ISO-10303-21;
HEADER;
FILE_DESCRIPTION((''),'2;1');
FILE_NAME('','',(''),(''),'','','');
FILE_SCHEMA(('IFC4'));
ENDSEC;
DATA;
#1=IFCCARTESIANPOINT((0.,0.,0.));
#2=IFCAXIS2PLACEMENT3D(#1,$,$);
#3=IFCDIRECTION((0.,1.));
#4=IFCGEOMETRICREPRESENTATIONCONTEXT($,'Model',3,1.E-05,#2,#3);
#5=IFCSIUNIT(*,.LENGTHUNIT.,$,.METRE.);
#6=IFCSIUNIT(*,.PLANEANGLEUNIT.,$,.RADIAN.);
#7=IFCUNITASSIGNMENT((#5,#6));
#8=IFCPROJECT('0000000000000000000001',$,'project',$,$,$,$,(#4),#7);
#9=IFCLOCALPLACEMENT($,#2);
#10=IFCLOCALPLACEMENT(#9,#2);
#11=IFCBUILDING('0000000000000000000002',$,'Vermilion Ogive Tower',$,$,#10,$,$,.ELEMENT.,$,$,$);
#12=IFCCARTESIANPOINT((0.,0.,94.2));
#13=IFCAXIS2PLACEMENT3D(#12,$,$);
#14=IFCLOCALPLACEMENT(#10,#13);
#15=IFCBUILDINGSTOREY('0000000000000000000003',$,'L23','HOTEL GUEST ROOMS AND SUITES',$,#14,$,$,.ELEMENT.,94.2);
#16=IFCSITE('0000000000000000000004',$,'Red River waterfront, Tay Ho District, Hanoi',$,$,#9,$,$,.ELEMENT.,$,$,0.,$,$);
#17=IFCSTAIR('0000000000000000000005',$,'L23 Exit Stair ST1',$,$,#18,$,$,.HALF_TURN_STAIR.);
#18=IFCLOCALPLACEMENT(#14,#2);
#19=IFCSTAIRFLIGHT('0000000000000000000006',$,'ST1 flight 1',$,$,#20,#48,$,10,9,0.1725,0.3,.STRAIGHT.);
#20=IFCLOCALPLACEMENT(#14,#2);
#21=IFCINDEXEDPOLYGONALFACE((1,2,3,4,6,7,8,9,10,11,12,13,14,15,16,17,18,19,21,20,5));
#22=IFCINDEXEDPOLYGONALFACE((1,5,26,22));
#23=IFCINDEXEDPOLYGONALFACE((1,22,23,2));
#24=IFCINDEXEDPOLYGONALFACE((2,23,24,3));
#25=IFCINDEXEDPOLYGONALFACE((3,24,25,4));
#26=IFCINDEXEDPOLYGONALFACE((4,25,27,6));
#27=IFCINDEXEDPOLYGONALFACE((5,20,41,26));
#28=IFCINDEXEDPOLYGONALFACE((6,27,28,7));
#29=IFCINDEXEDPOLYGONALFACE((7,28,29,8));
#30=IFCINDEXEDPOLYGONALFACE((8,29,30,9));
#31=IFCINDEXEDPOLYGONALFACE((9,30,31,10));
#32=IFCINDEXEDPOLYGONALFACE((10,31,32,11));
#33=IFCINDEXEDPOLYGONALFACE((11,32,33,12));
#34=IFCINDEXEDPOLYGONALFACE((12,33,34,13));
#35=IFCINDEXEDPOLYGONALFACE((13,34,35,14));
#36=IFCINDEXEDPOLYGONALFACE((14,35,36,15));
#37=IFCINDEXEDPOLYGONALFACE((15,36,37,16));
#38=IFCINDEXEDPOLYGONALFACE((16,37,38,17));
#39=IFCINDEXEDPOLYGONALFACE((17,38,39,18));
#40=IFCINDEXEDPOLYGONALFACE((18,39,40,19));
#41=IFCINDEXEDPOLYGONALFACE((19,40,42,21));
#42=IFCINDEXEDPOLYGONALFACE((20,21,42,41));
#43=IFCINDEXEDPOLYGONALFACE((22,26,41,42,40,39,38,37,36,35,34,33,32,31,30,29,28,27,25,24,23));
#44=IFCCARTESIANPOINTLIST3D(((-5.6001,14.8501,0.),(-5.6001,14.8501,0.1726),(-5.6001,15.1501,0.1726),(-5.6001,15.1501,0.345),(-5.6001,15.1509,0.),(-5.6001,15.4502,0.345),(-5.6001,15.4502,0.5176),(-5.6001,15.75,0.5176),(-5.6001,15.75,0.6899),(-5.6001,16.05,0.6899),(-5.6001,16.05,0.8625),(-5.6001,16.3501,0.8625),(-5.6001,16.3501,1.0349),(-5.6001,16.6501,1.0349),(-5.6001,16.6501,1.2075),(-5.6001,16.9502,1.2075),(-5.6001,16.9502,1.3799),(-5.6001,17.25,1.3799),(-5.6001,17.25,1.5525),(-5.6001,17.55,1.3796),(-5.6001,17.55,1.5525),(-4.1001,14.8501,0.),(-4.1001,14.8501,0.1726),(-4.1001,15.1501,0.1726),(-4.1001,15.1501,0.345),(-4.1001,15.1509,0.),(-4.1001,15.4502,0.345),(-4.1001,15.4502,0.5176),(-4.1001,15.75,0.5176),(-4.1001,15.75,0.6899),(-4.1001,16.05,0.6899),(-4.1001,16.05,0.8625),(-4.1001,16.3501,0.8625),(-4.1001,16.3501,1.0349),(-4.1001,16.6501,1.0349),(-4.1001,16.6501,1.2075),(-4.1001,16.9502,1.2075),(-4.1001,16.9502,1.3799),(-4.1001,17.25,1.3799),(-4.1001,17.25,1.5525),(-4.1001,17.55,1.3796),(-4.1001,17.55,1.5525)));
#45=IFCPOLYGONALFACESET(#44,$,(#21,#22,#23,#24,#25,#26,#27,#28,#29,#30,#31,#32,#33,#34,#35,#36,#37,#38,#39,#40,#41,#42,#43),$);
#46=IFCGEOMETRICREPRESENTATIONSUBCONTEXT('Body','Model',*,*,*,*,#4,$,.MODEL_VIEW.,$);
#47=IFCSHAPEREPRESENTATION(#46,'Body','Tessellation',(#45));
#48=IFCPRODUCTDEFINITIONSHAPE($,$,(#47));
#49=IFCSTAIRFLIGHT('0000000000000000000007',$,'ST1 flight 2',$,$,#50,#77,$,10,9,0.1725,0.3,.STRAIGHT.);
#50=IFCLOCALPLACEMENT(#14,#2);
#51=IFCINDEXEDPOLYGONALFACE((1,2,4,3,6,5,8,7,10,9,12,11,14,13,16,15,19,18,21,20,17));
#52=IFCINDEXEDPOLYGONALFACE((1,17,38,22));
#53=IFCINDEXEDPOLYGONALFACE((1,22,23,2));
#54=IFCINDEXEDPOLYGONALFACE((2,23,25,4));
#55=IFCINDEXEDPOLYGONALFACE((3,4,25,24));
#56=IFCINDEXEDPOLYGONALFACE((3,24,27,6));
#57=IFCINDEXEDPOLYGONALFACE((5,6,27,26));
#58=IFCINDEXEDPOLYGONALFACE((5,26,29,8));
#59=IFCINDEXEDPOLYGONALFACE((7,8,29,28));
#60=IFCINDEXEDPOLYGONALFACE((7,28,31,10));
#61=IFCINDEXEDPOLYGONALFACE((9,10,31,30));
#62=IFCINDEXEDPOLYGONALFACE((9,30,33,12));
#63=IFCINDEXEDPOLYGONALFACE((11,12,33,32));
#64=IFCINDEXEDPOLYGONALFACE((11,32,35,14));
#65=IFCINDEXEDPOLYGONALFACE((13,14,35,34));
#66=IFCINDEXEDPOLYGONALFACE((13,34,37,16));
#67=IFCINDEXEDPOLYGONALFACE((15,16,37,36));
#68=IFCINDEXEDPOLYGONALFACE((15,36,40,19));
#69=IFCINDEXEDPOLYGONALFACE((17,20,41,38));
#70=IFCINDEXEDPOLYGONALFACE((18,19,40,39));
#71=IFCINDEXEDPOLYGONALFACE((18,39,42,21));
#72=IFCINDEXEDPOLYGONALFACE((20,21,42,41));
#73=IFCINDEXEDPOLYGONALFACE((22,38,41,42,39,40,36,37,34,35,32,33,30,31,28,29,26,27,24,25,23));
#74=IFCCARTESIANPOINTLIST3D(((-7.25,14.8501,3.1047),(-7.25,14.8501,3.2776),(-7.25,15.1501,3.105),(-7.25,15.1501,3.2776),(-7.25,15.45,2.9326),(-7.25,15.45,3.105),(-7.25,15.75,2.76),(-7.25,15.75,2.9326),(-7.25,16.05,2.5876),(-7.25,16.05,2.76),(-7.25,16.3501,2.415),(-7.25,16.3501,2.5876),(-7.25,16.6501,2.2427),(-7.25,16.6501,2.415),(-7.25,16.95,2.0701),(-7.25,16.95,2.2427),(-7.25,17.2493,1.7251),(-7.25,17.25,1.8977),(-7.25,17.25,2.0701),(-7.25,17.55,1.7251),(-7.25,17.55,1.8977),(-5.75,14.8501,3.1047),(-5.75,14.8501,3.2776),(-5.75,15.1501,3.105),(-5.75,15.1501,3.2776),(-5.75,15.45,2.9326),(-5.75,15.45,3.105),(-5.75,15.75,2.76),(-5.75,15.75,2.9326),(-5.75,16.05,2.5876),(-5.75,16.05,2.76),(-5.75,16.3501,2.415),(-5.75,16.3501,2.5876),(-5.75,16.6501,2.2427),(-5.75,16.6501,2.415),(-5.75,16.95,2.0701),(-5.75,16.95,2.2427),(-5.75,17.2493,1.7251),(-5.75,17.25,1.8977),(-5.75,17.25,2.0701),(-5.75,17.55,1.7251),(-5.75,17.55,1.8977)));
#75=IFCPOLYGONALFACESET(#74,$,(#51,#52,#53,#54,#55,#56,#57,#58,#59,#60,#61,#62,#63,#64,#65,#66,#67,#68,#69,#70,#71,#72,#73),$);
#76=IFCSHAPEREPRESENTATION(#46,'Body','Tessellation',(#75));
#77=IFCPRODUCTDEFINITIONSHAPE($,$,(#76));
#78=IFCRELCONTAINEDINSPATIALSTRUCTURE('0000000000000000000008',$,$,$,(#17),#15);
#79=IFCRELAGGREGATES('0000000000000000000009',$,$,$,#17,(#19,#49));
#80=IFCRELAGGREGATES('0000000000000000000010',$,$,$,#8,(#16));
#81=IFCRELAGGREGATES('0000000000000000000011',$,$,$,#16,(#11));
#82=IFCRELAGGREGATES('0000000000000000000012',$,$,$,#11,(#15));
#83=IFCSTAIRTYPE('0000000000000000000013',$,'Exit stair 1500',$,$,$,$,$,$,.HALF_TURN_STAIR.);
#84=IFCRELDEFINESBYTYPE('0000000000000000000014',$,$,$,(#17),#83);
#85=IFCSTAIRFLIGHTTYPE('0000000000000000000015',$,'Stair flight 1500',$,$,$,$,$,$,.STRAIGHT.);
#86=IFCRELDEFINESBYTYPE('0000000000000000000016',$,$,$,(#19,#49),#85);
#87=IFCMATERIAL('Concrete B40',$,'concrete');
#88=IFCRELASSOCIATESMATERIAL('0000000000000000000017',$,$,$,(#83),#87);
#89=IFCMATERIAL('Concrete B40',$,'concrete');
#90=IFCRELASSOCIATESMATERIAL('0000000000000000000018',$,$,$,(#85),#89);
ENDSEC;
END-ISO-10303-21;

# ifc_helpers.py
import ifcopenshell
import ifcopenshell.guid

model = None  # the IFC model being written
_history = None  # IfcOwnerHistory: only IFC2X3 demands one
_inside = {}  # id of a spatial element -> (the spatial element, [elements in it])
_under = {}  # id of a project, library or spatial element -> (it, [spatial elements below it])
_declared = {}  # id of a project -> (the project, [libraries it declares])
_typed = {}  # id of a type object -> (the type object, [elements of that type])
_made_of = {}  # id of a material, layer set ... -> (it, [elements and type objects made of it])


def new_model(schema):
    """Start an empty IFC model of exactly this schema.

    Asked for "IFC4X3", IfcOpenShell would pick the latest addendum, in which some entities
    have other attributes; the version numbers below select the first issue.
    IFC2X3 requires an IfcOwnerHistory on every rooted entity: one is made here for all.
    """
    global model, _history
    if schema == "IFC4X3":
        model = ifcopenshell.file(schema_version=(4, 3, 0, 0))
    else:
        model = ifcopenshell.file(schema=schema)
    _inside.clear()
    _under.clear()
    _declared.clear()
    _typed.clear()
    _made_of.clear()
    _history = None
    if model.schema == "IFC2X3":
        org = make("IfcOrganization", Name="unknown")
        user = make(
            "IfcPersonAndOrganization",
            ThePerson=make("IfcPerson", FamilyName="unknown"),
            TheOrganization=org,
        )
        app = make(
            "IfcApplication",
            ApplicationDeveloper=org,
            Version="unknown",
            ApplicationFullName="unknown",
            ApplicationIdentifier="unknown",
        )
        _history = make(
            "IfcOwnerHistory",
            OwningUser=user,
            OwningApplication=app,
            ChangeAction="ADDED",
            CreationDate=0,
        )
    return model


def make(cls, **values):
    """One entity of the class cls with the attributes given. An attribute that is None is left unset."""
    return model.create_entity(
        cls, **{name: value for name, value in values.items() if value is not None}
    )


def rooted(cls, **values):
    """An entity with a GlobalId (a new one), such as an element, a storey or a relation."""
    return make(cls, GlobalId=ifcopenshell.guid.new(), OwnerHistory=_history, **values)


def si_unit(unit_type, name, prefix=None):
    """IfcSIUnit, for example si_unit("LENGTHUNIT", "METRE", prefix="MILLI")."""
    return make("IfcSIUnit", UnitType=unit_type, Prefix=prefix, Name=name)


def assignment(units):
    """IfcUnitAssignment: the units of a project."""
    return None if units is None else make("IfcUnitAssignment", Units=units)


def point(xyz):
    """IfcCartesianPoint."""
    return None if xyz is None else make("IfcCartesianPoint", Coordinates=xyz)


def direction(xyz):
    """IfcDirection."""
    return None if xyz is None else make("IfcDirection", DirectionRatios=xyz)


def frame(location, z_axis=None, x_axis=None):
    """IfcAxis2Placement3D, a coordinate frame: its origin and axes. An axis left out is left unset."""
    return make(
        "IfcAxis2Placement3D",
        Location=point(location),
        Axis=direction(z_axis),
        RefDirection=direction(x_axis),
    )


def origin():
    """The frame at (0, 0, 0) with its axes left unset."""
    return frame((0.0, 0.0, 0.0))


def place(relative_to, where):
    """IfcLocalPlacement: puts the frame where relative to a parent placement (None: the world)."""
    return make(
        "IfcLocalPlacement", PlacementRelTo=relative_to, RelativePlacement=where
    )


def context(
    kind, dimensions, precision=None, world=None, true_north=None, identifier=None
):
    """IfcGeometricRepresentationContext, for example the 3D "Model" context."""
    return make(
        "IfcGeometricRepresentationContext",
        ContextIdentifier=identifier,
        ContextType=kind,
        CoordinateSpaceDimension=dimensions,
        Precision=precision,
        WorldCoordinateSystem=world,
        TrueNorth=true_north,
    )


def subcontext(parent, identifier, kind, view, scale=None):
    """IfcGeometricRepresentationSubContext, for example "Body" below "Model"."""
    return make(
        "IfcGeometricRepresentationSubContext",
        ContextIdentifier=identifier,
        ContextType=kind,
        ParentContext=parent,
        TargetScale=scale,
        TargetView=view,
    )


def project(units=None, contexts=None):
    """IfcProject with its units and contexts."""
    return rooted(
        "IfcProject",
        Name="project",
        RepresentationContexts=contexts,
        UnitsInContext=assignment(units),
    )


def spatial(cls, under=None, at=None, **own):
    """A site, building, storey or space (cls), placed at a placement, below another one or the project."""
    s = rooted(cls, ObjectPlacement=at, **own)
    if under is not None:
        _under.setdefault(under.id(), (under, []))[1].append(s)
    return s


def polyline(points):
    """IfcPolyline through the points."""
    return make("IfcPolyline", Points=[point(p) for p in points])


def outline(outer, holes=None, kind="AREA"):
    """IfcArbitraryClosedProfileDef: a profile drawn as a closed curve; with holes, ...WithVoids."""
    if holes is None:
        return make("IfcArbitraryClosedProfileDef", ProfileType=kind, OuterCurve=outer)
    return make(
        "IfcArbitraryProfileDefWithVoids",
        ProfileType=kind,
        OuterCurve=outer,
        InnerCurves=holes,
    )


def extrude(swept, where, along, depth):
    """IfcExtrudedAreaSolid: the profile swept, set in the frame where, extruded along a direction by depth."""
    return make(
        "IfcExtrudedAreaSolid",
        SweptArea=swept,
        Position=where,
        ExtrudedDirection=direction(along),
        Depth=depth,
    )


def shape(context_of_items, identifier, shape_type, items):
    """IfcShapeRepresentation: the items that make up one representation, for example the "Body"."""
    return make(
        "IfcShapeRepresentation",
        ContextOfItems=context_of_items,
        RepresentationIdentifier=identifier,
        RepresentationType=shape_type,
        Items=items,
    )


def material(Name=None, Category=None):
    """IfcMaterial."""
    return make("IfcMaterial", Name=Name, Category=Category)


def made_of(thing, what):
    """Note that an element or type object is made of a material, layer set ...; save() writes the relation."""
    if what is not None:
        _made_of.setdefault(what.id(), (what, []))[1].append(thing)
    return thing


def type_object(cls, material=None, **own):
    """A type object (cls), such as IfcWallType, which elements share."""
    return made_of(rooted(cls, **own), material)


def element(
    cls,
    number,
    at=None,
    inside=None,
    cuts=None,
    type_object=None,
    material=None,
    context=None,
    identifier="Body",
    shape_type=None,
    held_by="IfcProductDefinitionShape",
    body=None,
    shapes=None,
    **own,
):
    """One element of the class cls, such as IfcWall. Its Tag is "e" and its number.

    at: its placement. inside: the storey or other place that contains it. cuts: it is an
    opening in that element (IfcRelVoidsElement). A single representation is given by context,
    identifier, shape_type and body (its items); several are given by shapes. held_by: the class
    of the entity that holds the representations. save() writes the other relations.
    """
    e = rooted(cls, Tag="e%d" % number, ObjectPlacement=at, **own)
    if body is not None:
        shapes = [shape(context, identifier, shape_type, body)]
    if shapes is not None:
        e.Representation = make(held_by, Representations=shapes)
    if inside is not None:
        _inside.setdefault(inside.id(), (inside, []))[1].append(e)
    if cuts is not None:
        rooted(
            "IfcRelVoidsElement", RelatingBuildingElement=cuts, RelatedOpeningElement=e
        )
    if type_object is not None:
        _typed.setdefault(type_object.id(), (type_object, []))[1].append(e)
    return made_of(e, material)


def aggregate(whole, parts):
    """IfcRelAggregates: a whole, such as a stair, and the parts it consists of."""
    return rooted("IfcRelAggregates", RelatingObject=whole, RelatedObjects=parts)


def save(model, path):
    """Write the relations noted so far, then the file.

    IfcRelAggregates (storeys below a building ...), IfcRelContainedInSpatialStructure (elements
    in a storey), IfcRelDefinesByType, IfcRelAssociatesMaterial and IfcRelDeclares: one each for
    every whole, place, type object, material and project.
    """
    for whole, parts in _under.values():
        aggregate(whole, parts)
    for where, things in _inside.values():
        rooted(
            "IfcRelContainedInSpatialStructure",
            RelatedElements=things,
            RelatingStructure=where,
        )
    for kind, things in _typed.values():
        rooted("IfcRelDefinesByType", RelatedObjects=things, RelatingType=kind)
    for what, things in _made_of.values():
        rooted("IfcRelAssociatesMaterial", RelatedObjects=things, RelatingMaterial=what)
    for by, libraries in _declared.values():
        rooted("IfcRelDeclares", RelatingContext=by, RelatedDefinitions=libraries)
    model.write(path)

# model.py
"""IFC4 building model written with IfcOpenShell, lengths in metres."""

from ifc_helpers import new_model, si_unit, direction, frame, origin, place, context, subcontext, project, spatial, polyline, outline, extrude, material, type_object, element, aggregate, save


model = new_model("IFC4")

# Units and contexts
model_context = context("Model", 3, precision=1e-05, world=origin(), true_north=direction((0.0, 1.0)))
body_context = subcontext(model_context, "Body", "Model", "MODEL_VIEW")
ifc_project = project(units=[si_unit("LENGTHUNIT", "METRE"), si_unit("PLANEANGLEUNIT", "RADIAN")], contexts=[model_context])

# Site, building, storey
site_placement = place(None, origin())
site = spatial("IfcSite", under=ifc_project, at=site_placement, Name="Red River waterfront, Tay Ho District, Hanoi", CompositionType="ELEMENT", RefElevation=0.0)
building_placement = place(site_placement, origin())
building = spatial("IfcBuilding", under=site, at=building_placement, Name="Vermilion Ogive Tower", CompositionType="ELEMENT")
storey_placement = place(building_placement, frame((0.0, 0.0, 94.2)))
storey = spatial("IfcBuildingStorey", under=building, at=storey_placement, Name="L23", Description="HOTEL GUEST ROOMS AND SUITES", CompositionType="ELEMENT", Elevation=94.2)

# Stair, stair flights
ifc_material_1 = material(Name="Concrete B40", Category="concrete")
stair_type = type_object("IfcStairType", Name="Exit stair 1500", PredefinedType="HALF_TURN_STAIR", material=ifc_material_1)
stair_placement = place(storey_placement, origin())
stair = element("IfcStair", 1, at=stair_placement, inside=storey, type_object=stair_type, Name="L23 Exit Stair ST1", PredefinedType="HALF_TURN_STAIR")
ifc_material_2 = material(Name="Concrete B40", Category="concrete")
stair_flight_type = type_object("IfcStairFlightType", Name="Stair flight 1500", PredefinedType="STRAIGHT", material=ifc_material_2)
stair_flight_1_placement = place(storey_placement, frame((-4.8501, 14.8501, 0.0), z_axis=(0.0, 0.0, 1.0), x_axis=(0.0, 1.0, 0.0)))
stair_flight_1 = element("IfcStairFlight", 2, at=stair_flight_1_placement, type_object=stair_flight_type, Name="ST1 flight 1", NumberOfRisers=10, NumberOfTreads=9, PredefinedType="STRAIGHT", RiserHeight=0.1725, TreadLength=0.3, context=body_context, shape_type="SweptSolid", body=[
    extrude(outline(polyline([(0.0, 0.0), (0.0, 0.1726), (0.3, 0.1726), (0.3, 0.345), (0.6001, 0.345), (0.6001, 0.5176), (0.8999, 0.5176), (0.8999, 0.6899), (1.2, 0.6899), (1.2, 0.8625), (1.5, 0.8625), (1.5, 1.0349), (1.8, 1.0349), (1.8, 1.2075), (2.1001, 1.2075), (2.1001, 1.3799), (2.3999, 1.3799), (2.3999, 1.5525), (2.7, 1.5525), (2.7, 1.7251), (2.7, 1.3796), (0.3008, 0.0), (0.0, 0.0)])), frame((0.0, 0.75, 0.0), z_axis=(0.0, -1.0, 0.0), x_axis=(1.0, 0.0, 0.0)), (0.0, 0.0, 1.0), 1.5),
])
stair_flight_2_placement = place(storey_placement, frame((-6.5, 17.55, 1.7251), z_axis=(0.0, 0.0, 1.0), x_axis=(0.0, -1.0, 0.0)))
stair_flight_2 = element("IfcStairFlight", 3, at=stair_flight_2_placement, type_object=stair_flight_type, Name="ST1 flight 2", NumberOfRisers=10, NumberOfTreads=9, PredefinedType="STRAIGHT", RiserHeight=0.1725, TreadLength=0.3, context=body_context, shape_type="SweptSolid", body=[
    extrude(outline(polyline([(0.0, 0.0), (0.0, 0.1726), (0.3, 0.1726), (0.3, 0.345), (0.6001, 0.345), (0.6001, 0.5176), (0.8999, 0.5176), (0.8999, 0.6899), (1.2, 0.6899), (1.2, 0.8625), (1.5, 0.8625), (1.5, 1.0349), (1.8, 1.0349), (1.8, 1.2075), (2.1001, 1.2075), (2.1001, 1.3799), (2.3999, 1.3799), (2.3999, 1.5525), (2.7, 1.5525), (2.7, 1.7251), (2.7, 1.3796), (0.3008, 0.0), (0.0, 0.0)])), frame((0.0, 0.75, 0.0), z_axis=(0.0, -1.0, 0.0), x_axis=(1.0, 0.0, 0.0)), (0.0, 0.0, 1.0), 1.5),
])
aggregate(stair, [stair_flight_1, stair_flight_2])

save(model, "model.ifc")
